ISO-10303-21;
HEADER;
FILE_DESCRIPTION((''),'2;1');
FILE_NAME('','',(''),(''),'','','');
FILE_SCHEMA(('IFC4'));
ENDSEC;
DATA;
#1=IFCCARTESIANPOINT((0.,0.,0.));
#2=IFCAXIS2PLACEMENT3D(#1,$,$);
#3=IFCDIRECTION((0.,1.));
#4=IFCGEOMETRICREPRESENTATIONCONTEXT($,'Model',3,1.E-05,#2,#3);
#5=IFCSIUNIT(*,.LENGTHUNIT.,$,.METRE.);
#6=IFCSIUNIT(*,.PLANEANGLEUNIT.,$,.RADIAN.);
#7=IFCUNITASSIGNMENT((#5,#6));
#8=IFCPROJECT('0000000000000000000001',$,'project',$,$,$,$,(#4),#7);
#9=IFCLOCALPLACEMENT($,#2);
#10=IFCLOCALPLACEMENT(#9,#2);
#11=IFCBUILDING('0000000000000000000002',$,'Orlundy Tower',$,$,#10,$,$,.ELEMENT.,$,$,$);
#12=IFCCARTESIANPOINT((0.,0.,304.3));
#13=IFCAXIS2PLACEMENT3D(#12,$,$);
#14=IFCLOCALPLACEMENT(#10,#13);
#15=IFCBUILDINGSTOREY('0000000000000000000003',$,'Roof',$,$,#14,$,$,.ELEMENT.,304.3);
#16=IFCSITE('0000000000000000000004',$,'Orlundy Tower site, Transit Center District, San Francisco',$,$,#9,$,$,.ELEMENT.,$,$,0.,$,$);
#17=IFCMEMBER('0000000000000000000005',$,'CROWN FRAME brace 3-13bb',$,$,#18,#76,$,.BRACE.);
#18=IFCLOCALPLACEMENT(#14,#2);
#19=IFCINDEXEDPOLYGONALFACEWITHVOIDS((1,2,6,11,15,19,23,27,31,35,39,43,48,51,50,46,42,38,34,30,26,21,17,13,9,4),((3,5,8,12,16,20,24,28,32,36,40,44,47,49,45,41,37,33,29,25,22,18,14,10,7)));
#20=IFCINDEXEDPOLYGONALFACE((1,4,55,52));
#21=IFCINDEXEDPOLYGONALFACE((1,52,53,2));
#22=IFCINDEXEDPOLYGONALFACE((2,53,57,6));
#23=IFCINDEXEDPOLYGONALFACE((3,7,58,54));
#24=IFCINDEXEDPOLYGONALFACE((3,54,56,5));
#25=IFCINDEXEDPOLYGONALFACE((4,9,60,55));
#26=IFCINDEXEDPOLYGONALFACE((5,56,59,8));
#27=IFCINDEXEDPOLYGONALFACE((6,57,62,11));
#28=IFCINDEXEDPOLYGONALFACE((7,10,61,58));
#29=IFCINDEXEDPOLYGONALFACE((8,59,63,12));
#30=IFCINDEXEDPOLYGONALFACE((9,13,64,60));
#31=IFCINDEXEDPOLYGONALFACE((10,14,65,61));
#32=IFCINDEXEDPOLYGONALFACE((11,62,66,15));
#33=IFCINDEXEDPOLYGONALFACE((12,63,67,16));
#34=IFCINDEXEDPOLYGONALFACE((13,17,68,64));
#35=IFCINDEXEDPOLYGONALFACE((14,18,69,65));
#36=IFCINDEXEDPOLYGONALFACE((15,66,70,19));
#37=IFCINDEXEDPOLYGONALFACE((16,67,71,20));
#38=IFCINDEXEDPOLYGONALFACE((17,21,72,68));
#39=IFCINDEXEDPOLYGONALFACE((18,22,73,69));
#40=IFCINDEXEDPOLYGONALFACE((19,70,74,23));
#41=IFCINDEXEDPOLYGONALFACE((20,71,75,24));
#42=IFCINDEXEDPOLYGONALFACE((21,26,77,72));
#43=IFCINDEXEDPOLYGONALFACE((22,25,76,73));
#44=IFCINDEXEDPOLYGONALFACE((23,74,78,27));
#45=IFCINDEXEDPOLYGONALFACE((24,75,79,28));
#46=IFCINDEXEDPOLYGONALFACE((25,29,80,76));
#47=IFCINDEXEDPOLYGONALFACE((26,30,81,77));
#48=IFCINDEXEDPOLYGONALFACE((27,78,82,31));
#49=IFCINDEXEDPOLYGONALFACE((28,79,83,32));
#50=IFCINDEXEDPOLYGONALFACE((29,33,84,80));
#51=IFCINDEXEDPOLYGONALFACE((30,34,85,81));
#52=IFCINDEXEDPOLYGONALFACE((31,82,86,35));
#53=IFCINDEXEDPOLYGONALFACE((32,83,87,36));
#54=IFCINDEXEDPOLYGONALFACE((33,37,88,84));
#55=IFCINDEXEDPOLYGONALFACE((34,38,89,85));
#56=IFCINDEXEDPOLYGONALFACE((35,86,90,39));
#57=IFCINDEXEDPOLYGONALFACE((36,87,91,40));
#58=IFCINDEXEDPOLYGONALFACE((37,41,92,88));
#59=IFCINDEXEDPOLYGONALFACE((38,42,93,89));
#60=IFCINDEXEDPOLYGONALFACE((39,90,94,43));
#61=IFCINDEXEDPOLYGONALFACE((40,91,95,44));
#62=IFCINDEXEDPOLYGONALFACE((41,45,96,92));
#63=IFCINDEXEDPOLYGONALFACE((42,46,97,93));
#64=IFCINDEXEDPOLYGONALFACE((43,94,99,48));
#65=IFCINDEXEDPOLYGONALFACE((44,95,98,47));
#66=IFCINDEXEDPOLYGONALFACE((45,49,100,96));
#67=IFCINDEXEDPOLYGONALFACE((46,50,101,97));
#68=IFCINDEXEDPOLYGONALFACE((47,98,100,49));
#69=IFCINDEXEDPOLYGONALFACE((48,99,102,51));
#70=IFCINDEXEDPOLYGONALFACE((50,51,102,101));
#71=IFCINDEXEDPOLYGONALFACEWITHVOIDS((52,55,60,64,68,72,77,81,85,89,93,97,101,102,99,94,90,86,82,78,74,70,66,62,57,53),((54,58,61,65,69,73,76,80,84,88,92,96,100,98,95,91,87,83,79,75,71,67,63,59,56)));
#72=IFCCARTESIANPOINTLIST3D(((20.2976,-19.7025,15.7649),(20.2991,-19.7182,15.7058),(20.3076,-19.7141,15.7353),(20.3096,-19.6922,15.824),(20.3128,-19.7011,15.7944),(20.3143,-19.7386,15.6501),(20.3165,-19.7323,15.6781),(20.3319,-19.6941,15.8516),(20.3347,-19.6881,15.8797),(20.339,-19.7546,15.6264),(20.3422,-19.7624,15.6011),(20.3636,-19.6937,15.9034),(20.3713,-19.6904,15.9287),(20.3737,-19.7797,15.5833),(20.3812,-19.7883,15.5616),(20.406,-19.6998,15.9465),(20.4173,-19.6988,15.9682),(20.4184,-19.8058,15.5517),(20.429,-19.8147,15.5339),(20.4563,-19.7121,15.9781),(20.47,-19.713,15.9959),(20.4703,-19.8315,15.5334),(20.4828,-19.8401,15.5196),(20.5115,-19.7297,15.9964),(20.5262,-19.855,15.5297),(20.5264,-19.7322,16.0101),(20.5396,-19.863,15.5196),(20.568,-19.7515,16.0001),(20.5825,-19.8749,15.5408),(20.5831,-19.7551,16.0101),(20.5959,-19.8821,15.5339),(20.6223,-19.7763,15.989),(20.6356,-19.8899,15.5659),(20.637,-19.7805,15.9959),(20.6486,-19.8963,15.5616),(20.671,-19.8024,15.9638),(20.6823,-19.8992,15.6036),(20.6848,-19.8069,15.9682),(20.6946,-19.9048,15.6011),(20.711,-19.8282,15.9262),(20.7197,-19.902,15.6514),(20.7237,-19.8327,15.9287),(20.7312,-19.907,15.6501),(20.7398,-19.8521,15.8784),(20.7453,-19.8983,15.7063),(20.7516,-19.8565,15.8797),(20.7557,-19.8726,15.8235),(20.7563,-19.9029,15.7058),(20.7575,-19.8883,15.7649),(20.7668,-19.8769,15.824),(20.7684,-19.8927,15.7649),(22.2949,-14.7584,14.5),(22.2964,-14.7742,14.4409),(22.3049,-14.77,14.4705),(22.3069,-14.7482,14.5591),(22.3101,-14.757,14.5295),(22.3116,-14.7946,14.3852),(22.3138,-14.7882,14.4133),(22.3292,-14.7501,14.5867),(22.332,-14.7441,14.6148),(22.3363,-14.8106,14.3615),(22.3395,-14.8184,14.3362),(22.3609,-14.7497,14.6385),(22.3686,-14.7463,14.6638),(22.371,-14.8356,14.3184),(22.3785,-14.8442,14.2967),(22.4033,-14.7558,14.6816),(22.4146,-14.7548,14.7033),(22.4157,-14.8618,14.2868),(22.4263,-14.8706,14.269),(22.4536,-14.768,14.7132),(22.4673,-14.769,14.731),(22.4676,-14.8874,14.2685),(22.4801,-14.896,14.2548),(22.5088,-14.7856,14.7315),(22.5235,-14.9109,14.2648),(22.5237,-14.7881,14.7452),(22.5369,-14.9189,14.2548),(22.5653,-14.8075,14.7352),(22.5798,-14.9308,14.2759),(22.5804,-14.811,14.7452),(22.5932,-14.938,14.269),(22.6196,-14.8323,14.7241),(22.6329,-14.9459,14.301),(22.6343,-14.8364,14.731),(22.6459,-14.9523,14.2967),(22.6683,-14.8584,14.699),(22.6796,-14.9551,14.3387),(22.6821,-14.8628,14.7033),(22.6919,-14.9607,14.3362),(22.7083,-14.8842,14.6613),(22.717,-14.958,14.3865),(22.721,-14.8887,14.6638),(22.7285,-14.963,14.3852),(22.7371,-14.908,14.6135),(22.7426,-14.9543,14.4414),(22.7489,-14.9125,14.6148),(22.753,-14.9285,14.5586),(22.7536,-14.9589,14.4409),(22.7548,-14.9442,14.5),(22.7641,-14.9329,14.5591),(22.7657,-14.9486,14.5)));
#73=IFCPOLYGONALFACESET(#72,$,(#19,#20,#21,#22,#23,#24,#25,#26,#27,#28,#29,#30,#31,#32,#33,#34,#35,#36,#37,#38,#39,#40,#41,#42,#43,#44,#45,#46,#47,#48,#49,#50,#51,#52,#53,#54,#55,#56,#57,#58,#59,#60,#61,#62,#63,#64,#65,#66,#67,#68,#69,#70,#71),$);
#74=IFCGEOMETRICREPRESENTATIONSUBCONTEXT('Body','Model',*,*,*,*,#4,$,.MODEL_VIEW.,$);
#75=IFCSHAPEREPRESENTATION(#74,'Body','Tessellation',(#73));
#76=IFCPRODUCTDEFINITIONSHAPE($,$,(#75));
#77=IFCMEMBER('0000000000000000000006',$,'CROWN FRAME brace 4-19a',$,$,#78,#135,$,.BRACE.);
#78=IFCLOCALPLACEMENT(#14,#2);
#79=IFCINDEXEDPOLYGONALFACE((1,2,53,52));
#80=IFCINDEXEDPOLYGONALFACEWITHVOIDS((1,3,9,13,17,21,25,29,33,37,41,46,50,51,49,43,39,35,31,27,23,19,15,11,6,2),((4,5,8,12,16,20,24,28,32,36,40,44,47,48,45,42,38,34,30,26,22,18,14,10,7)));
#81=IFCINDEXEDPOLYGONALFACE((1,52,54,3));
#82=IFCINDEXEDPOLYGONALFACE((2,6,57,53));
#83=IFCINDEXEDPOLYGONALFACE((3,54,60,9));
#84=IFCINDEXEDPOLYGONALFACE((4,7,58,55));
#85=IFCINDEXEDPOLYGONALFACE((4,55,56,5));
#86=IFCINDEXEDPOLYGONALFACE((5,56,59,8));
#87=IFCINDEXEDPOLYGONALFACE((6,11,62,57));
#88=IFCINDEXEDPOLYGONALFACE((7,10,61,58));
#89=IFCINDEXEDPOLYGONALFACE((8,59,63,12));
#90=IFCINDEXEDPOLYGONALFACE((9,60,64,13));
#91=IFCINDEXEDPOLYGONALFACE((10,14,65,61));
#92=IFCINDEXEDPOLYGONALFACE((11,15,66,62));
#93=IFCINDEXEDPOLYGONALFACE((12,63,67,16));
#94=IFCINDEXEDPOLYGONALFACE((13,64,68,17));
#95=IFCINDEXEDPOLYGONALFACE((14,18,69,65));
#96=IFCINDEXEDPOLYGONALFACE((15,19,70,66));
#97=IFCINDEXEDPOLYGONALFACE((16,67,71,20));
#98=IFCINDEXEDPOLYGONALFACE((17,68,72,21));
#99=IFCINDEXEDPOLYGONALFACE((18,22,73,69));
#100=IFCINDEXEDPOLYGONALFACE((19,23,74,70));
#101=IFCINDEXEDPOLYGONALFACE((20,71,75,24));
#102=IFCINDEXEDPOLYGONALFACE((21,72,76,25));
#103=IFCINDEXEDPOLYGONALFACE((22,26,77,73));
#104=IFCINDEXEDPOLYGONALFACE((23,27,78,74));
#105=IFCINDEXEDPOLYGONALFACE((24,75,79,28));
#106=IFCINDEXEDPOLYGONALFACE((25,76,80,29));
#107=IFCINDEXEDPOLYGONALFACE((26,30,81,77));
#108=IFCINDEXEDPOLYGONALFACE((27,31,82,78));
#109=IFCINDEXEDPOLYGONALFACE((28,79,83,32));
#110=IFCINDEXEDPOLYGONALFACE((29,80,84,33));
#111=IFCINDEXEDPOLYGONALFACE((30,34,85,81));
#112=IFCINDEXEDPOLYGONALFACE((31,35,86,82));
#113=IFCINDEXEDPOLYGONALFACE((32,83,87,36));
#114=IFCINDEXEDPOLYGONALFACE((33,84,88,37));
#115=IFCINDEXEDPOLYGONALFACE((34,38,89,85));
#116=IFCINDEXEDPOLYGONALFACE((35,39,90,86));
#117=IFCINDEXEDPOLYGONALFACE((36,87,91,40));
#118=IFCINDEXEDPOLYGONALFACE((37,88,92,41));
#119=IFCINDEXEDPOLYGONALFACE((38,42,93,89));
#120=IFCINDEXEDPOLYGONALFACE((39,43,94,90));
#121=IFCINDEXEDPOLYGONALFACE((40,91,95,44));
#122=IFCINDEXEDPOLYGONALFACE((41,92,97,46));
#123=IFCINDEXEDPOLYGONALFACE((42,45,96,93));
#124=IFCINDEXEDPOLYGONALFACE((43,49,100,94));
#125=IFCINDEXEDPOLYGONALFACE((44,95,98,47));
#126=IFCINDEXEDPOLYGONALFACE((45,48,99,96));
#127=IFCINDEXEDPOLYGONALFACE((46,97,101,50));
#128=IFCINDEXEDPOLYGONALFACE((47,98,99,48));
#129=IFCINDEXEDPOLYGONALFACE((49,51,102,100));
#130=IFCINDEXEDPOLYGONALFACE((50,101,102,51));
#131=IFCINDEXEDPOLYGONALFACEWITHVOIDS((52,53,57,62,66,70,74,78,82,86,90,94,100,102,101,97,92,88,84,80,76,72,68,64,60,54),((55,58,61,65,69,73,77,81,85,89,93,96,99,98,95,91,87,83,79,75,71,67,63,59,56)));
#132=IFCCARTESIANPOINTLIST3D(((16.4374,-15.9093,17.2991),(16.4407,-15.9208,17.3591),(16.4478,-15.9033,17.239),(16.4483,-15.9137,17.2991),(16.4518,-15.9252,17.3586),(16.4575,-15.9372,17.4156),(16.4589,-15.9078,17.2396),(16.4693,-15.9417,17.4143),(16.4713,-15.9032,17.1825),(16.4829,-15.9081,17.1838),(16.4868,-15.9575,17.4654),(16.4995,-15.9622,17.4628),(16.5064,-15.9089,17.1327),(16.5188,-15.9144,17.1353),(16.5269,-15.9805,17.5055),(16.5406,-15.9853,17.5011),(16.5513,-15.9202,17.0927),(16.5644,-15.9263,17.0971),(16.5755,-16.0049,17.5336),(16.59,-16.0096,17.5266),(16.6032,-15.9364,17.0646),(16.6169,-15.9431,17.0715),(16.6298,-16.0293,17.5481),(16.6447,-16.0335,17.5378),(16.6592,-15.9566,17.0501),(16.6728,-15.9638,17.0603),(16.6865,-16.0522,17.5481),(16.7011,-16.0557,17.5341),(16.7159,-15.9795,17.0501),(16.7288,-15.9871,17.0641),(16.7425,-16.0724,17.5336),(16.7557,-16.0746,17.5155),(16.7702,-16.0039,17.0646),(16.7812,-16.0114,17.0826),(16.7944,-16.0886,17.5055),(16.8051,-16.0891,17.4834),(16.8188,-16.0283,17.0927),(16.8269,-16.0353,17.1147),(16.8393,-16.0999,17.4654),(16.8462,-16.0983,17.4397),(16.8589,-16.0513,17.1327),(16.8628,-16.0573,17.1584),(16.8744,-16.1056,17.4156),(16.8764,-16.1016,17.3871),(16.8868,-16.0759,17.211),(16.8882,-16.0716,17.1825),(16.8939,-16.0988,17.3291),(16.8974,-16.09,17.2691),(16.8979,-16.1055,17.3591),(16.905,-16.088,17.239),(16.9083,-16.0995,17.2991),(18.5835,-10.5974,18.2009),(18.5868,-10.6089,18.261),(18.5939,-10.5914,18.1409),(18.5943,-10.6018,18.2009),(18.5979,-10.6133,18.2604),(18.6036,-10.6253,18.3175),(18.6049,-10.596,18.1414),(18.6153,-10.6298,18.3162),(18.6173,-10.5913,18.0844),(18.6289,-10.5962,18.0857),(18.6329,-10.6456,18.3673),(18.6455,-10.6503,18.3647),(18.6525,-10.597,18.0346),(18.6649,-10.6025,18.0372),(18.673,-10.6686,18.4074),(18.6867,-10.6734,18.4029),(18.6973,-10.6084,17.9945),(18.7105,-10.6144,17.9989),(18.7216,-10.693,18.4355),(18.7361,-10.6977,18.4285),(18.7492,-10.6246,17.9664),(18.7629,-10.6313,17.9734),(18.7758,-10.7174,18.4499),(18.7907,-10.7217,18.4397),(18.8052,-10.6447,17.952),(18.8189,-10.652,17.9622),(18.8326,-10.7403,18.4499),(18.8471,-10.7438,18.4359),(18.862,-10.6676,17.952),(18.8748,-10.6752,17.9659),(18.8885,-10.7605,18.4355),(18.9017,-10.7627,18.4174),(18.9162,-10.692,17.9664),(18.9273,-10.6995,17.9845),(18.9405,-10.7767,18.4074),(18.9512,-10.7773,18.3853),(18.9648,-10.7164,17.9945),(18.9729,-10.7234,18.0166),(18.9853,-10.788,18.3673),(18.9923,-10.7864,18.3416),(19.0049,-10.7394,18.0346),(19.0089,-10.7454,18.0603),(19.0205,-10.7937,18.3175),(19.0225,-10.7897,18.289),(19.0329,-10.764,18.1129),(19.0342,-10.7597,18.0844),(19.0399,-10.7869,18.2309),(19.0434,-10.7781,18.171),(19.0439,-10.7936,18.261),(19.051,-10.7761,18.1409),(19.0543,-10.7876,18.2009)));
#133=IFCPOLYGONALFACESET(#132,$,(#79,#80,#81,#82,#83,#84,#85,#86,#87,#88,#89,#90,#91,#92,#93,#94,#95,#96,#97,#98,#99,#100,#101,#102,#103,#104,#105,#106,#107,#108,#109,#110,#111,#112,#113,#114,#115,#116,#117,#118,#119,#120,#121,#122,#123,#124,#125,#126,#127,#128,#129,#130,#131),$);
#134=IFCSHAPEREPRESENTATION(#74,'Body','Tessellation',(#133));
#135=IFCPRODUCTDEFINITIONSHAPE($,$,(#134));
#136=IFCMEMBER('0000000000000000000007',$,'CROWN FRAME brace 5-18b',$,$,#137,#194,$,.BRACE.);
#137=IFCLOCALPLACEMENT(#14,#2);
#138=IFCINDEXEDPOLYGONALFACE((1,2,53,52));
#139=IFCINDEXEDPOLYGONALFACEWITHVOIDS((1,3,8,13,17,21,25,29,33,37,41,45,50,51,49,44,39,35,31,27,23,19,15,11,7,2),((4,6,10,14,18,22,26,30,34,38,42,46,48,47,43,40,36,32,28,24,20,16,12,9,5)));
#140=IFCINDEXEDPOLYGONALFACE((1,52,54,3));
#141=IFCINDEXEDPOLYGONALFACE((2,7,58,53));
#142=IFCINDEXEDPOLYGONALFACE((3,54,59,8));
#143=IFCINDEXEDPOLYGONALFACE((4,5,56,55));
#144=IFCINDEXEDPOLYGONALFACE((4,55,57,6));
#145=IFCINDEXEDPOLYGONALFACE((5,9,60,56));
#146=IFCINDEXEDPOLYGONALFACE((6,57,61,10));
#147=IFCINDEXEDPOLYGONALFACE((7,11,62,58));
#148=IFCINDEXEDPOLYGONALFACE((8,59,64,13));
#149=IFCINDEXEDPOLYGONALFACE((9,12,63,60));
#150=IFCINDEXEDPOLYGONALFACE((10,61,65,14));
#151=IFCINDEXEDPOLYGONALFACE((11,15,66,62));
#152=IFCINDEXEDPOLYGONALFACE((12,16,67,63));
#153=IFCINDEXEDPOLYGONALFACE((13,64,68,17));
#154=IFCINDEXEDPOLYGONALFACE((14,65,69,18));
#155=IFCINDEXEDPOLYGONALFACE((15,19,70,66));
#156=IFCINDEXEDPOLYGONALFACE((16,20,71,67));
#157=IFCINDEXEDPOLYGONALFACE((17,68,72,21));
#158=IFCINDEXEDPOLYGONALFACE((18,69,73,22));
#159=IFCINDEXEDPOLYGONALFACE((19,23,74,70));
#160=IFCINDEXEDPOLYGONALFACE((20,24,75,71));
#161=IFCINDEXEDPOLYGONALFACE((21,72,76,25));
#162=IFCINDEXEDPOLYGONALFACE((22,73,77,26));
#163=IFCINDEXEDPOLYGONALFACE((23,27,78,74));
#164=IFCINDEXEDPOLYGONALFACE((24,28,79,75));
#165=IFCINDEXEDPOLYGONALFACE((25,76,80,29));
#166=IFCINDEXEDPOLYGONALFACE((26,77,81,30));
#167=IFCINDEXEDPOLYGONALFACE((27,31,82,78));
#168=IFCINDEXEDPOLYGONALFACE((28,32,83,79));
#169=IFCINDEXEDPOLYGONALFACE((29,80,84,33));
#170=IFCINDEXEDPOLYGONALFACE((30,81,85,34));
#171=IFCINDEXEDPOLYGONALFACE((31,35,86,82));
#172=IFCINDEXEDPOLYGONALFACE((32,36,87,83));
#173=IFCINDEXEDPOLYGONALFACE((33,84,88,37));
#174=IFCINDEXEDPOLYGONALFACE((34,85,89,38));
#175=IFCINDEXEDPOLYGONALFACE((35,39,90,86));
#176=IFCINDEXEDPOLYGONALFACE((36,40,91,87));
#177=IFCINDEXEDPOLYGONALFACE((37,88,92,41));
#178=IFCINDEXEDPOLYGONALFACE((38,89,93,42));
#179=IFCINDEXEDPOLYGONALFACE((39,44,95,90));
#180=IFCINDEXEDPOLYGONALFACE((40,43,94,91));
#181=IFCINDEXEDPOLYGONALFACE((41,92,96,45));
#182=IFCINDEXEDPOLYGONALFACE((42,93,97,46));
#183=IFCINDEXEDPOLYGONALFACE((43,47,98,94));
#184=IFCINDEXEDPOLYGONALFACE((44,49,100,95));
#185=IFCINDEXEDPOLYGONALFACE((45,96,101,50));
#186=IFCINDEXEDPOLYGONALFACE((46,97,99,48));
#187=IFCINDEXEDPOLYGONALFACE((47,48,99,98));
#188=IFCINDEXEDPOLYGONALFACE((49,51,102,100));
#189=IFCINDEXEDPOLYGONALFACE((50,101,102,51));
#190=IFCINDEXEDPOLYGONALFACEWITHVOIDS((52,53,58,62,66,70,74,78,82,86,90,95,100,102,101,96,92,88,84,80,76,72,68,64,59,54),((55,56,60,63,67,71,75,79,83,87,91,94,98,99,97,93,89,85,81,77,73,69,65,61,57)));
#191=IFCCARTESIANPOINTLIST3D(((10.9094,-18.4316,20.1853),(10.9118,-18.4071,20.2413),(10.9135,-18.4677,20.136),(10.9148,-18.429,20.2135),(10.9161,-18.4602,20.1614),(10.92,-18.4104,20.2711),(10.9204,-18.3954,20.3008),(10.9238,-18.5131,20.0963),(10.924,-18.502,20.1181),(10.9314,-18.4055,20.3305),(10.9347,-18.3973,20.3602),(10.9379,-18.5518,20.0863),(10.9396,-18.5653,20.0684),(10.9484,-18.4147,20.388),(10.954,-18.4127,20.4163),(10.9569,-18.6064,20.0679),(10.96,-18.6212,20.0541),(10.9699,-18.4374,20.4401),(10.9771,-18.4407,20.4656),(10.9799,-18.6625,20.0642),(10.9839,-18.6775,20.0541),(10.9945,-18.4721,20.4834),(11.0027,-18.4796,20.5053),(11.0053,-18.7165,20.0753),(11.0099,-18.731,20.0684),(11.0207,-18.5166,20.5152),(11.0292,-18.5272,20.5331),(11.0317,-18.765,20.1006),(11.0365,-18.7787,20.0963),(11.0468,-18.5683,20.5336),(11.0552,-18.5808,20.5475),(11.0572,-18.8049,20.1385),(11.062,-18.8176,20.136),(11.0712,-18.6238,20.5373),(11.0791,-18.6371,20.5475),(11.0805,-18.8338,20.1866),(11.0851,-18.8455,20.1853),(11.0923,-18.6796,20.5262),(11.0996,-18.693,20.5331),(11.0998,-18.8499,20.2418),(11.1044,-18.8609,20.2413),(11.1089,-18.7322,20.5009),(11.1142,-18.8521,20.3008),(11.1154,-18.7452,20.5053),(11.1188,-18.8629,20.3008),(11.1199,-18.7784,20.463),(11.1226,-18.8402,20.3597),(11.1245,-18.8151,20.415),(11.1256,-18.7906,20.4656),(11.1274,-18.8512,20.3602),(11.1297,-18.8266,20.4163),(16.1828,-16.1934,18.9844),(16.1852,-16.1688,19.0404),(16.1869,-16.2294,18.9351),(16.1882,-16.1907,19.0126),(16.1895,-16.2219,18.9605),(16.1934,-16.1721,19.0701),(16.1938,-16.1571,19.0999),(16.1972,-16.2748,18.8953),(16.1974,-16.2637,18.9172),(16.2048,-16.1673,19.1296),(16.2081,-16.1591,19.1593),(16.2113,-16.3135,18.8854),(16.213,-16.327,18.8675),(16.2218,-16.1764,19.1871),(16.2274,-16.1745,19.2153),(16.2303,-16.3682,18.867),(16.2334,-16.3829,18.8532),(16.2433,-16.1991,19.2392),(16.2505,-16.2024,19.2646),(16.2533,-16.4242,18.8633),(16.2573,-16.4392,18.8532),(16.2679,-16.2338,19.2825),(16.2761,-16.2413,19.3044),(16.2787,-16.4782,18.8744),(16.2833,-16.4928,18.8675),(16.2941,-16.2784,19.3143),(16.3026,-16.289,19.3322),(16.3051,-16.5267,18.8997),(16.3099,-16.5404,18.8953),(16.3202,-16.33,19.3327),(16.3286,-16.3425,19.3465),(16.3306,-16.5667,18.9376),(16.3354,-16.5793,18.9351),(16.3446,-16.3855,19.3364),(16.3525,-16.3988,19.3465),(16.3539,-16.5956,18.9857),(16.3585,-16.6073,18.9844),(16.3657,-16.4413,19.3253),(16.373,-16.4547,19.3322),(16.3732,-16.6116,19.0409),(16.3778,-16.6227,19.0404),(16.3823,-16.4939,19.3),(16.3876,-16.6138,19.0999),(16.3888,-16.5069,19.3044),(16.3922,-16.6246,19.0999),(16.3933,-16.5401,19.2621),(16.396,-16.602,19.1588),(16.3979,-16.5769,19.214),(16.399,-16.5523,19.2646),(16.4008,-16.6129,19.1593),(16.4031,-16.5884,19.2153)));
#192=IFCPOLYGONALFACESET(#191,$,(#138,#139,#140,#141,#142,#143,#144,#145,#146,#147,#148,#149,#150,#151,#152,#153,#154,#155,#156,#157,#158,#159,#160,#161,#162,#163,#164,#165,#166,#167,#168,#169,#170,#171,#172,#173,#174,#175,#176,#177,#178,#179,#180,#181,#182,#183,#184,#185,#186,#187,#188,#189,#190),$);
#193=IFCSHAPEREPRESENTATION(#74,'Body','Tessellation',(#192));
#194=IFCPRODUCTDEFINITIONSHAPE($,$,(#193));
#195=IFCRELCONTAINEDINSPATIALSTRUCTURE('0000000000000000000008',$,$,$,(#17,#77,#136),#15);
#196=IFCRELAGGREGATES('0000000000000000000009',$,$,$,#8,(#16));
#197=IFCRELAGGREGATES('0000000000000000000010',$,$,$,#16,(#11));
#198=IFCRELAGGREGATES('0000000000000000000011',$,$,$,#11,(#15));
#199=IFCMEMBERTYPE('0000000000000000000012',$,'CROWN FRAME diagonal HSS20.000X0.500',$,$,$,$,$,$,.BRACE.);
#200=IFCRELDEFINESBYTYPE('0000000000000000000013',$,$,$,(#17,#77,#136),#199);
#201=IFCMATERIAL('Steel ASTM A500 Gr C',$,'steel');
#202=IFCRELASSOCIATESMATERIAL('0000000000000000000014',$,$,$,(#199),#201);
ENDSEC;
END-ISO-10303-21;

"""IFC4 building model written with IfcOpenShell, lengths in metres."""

from ifc_helpers import new_model, si_unit, direction, frame, origin, origin_2d, place, context, subcontext, project, spatial, hollow_circle, extrude, material, material_profile, profile_set, type_object, element, save


model = new_model("IFC4")

# Units and contexts
model_context = context("Model", 3, precision=1e-05, world=origin(), true_north=direction((0.0, 1.0)))
body_context = subcontext(model_context, "Body", "Model", "MODEL_VIEW")
ifc_project = project(units=[si_unit("LENGTHUNIT", "METRE"), si_unit("PLANEANGLEUNIT", "RADIAN")], contexts=[model_context])

# Site, building, storey
site_placement = place(None, origin())
site = spatial("IfcSite", under=ifc_project, at=site_placement, Name="Orlundy Tower site, Transit Center District, San Francisco", CompositionType="ELEMENT", RefElevation=0.0)
building_placement = place(site_placement, origin())
building = spatial("IfcBuilding", under=site, at=building_placement, Name="Orlundy Tower", CompositionType="ELEMENT")
storey_placement = place(building_placement, frame((0.0, 0.0, 304.3)))
storey = spatial("IfcBuildingStorey", under=building, at=storey_placement, Name="Roof", CompositionType="ELEMENT", Elevation=304.3)

# Members
ifc_material_1 = material(Name="Steel ASTM A500 Gr C", Category="steel")
ifc_material_profile_1 = material_profile(ifc_material_1, hollow_circle(Radius=0.2539, WallThickness=0.0117, at=origin_2d()), Name="HSS20.000X0.500")
ifc_profile_set_1 = profile_set([ifc_material_profile_1], Name="Steel ASTM A500 Gr C")
member_type_1 = type_object("IfcMemberType", Name="CROWN FRAME diagonal HSS20.000X0.500", PredefinedType="BRACE", material=ifc_profile_set_1)
member_1_placement = place(storey_placement, frame((22.5303, -14.8535, 14.5), z_axis=(-0.364456, -0.902164, 0.230809), x_axis=(0.927199, -0.37457, 0.0)))
element("IfcMember", 1, at=member_1_placement, inside=storey, type_object=member_type_1, Name="CROWN FRAME brace 3-13bb", PredefinedType="BRACE", context=body_context, shape_type="SweptSolid", body=[
    extrude(hollow_circle(Radius=0.2539, WallThickness=0.0117, at=origin_2d()), origin(), (0.0, 0.0, 1.0), 5.4802),
])
member_2_placement = place(storey_placement, frame((16.6729, -16.0044, 17.2991), z_axis=(0.370035, 0.91591, 0.155507), x_axis=(-0.92719, 0.374592, 0.0)))
element("IfcMember", 2, at=member_2_placement, inside=storey, type_object=member_type_1, Name="CROWN FRAME brace 4-19a", PredefinedType="BRACE", context=body_context, shape_type="SweptSolid", body=[
    extrude(hollow_circle(Radius=0.2539, WallThickness=0.0117, at=origin_2d()), origin(), (0.0, 0.0, 1.0), 5.7996),
])
member_3_placement = place(storey_placement, frame((16.293, -16.3909, 19.0999), z_axis=(-0.900932, -0.382396, 0.205171), x_axis=(0.390707, -0.920515, 0.0)))
element("IfcMember", 3, at=member_3_placement, inside=storey, type_object=member_type_1, Name="CROWN FRAME brace 5-18b", PredefinedType="BRACE", context=body_context, shape_type="SweptSolid", body=[
    extrude(hollow_circle(Radius=0.2539, WallThickness=0.0117, at=origin_2d()), origin(), (0.0, 0.0, 1.0), 5.8533),
])

save(model, "model.ifc")
